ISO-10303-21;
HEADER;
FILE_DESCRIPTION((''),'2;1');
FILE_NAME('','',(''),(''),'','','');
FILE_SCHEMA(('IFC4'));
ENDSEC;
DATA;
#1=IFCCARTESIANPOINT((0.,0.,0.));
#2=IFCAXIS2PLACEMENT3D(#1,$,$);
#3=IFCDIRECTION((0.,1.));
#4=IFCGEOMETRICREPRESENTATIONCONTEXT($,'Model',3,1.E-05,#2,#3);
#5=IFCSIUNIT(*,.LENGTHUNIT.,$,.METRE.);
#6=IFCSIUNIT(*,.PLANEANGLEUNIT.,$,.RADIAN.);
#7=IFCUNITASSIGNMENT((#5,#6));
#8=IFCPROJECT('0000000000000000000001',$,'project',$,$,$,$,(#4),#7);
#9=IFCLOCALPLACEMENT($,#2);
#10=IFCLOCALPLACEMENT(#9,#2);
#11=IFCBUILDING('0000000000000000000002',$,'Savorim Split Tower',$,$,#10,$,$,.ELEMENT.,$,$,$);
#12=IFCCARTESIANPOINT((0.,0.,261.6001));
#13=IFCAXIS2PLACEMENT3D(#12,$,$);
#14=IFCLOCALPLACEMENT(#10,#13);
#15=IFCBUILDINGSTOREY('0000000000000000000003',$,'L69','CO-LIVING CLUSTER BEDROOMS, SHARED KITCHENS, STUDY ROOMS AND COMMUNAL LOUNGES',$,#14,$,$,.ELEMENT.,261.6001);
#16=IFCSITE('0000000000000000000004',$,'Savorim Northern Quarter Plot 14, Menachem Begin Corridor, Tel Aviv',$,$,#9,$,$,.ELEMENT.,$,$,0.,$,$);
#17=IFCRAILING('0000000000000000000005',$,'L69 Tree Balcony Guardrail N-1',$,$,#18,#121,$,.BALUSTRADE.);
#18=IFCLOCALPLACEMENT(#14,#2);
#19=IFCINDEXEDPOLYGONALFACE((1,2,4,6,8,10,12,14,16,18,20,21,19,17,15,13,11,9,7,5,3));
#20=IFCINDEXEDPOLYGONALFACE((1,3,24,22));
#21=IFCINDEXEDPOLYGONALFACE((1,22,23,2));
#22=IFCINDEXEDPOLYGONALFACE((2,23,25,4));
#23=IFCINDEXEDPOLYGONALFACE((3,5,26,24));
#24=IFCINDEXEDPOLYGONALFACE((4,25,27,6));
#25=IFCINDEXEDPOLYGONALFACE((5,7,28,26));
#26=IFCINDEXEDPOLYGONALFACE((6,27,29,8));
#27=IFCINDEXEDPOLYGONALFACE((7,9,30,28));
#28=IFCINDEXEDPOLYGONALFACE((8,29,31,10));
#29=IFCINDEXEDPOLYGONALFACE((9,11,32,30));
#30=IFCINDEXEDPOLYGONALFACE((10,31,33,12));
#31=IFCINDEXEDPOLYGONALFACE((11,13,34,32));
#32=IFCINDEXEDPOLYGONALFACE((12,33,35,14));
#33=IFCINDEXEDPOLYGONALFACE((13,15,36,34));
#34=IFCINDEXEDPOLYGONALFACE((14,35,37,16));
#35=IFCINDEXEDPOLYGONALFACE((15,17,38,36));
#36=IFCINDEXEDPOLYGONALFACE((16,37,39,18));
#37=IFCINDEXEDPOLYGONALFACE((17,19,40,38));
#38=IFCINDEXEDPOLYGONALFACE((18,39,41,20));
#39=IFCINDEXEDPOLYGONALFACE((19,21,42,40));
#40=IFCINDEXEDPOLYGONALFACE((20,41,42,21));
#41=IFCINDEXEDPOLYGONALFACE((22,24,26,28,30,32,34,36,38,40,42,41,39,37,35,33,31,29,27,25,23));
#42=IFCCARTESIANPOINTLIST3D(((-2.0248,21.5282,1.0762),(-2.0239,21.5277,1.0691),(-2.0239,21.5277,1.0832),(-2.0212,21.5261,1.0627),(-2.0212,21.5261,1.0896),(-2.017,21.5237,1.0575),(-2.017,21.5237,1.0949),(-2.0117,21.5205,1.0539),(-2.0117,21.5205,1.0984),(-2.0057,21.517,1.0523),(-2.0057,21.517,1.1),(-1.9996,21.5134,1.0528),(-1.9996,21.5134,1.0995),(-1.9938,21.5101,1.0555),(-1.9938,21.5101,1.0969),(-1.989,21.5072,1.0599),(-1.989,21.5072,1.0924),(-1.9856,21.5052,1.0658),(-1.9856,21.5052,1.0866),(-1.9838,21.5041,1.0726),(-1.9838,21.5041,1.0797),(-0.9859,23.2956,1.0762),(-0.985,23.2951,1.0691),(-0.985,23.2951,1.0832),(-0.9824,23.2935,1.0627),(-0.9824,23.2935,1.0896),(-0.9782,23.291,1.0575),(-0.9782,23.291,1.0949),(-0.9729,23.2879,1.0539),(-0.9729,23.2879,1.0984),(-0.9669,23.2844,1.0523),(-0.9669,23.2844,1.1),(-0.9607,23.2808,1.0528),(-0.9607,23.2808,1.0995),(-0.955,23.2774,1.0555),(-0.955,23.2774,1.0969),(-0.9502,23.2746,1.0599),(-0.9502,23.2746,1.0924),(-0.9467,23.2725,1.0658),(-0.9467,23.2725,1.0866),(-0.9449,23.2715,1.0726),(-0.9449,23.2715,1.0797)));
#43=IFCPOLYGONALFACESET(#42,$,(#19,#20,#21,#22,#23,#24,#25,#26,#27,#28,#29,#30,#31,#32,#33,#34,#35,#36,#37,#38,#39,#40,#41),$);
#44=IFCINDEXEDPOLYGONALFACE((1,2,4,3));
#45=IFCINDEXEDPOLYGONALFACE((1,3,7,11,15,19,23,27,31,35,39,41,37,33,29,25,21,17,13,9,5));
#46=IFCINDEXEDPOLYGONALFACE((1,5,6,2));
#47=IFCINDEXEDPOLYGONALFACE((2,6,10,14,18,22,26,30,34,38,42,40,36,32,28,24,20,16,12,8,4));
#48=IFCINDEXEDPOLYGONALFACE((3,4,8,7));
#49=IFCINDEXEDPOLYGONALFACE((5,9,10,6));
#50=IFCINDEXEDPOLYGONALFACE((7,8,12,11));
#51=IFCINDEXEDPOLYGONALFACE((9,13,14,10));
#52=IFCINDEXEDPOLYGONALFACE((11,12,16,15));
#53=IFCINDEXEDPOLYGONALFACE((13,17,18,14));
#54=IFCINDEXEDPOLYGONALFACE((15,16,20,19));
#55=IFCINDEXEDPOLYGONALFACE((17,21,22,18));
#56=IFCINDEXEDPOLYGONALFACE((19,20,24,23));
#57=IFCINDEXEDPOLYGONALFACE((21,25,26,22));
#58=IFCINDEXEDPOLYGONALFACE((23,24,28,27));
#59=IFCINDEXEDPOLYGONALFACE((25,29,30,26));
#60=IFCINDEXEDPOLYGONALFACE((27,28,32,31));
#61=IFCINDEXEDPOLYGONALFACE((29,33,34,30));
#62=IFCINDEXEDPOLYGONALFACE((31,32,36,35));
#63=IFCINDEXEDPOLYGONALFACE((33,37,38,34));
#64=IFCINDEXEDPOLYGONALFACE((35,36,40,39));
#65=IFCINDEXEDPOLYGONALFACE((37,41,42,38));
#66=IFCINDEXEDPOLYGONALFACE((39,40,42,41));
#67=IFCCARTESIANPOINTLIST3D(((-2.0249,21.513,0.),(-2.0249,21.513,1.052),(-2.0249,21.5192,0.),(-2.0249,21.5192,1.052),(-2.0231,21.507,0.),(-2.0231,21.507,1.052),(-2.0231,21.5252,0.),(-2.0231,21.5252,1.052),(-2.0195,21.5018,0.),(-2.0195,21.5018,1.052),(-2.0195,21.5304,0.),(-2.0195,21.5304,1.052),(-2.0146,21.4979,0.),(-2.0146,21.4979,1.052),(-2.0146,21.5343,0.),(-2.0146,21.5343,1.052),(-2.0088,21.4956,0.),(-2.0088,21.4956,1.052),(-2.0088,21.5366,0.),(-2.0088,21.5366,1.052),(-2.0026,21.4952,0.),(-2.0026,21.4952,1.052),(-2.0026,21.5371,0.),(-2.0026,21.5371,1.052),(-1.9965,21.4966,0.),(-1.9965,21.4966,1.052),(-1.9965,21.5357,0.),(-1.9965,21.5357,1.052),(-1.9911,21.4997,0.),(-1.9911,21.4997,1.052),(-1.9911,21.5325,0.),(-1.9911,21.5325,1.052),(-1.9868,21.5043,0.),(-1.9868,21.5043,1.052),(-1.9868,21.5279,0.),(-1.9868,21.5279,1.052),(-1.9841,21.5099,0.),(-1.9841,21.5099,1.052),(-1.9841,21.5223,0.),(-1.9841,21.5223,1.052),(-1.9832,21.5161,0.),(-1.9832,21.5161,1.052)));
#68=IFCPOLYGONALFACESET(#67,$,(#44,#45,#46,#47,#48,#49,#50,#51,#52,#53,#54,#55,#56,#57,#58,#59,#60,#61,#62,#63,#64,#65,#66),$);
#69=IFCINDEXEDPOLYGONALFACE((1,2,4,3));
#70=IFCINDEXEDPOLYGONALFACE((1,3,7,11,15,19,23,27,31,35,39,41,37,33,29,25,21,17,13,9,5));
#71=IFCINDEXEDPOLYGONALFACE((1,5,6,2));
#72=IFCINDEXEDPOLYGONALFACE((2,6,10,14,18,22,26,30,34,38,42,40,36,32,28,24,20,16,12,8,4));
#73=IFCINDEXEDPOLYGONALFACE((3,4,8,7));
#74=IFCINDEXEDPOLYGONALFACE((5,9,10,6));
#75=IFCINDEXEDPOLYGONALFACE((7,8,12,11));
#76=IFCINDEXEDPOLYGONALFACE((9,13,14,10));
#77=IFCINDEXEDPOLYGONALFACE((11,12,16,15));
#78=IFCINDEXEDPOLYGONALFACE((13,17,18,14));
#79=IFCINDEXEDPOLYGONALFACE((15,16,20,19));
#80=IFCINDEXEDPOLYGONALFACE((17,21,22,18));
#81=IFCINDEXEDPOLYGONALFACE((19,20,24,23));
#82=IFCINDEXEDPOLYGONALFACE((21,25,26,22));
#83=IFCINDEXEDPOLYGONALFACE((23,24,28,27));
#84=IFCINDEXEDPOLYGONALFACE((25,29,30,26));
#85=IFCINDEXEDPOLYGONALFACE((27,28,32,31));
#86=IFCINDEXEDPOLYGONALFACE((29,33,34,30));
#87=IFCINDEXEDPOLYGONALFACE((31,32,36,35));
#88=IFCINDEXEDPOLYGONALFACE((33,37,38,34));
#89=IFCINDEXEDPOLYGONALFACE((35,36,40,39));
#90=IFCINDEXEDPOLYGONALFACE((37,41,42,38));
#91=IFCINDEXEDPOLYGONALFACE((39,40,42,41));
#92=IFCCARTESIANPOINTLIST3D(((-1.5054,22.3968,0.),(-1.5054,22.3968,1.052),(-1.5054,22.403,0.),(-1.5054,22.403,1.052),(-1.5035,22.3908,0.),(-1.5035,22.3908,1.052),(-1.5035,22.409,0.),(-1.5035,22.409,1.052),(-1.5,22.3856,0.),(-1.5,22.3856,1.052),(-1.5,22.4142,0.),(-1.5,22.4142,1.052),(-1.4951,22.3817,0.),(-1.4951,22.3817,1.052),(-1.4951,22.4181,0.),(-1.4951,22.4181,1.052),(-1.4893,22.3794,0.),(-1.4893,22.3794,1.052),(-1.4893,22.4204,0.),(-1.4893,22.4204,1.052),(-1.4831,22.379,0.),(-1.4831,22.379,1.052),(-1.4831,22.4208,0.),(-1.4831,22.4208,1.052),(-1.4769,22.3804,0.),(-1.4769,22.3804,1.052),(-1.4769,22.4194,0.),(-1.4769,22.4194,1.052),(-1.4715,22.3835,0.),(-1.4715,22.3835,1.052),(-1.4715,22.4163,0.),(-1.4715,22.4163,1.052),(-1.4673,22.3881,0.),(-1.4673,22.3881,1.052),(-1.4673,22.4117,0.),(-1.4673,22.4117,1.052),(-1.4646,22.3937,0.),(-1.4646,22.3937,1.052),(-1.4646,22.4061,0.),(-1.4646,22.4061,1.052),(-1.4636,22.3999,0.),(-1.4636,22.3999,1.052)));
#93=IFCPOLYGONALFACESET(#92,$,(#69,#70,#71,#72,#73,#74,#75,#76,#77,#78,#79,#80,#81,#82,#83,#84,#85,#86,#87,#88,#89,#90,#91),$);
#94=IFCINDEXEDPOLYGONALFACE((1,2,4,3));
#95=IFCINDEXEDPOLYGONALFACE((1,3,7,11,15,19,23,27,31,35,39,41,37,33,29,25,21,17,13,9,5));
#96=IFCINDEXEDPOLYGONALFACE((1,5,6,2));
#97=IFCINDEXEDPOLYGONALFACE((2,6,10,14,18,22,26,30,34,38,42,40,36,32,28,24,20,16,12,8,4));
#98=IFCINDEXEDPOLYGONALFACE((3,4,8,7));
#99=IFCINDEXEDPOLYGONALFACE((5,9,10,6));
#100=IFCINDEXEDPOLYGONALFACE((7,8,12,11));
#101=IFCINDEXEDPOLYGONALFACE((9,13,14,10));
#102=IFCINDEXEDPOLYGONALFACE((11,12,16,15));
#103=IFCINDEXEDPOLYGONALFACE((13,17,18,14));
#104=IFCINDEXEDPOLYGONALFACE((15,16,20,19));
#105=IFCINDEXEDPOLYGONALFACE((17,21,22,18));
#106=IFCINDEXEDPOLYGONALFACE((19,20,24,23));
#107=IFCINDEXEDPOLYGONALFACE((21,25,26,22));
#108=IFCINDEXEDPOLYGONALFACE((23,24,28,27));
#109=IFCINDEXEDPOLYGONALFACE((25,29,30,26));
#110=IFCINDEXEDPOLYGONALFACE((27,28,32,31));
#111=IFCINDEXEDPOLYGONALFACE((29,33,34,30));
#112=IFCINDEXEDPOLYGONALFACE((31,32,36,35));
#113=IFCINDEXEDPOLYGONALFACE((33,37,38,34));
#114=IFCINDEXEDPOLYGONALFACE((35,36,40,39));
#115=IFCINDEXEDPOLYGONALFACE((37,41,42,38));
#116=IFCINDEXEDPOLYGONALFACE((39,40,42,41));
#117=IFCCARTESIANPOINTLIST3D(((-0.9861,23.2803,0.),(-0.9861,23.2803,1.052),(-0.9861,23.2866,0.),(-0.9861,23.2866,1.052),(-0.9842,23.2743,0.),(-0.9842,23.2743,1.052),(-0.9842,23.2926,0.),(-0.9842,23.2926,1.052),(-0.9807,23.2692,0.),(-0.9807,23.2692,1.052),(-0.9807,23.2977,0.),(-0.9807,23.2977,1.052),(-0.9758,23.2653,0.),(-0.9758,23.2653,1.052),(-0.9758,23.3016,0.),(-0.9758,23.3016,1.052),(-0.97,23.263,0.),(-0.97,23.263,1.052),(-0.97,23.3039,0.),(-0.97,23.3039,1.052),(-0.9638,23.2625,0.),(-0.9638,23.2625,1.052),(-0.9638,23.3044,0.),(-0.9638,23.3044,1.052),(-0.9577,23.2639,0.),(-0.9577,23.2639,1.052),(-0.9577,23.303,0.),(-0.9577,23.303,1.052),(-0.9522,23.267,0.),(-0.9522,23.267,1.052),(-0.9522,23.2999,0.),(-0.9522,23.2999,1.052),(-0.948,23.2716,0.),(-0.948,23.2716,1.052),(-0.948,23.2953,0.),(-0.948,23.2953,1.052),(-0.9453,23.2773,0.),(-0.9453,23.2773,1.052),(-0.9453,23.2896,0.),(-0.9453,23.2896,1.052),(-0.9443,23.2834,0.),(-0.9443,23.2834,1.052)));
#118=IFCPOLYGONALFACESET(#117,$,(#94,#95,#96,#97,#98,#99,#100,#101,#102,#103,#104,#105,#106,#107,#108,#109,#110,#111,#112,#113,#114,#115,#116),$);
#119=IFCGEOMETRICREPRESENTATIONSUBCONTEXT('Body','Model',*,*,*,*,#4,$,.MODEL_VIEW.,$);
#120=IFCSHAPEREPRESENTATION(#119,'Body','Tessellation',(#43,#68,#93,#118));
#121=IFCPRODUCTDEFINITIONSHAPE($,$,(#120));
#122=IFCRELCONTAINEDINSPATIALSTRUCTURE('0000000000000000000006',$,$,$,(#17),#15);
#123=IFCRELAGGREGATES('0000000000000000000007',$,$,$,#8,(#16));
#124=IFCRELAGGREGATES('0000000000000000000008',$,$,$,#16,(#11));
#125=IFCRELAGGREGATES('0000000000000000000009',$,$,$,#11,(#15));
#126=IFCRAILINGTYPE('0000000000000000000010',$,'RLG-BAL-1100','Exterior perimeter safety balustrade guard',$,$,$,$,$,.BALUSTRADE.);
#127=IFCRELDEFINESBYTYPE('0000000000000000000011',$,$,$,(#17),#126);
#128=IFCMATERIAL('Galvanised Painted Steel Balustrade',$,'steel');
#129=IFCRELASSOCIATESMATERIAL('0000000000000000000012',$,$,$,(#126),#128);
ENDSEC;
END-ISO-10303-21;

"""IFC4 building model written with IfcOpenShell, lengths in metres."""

from ifc_helpers import new_model, si_unit, direction, frame, origin, origin_2d, place, context, subcontext, project, spatial, circle, extrude, material, type_object, element, save


model = new_model("IFC4")

# Units and contexts
model_context = context("Model", 3, precision=1e-05, world=origin(), true_north=direction((0.0, 1.0)))
body_context = subcontext(model_context, "Body", "Model", "MODEL_VIEW")
ifc_project = project(units=[si_unit("LENGTHUNIT", "METRE"), si_unit("PLANEANGLEUNIT", "RADIAN")], contexts=[model_context])

# Site, building, storey
site_placement = place(None, origin())
site = spatial("IfcSite", under=ifc_project, at=site_placement, Name="Savorim Northern Quarter Plot 14, Menachem Begin Corridor, Tel Aviv", CompositionType="ELEMENT", RefElevation=0.0)
building_placement = place(site_placement, origin())
building = spatial("IfcBuilding", under=site, at=building_placement, Name="Savorim Split Tower", CompositionType="ELEMENT")
storey_placement = place(building_placement, frame((0.0, 0.0, 261.6001)))
storey = spatial("IfcBuildingStorey", under=building, at=storey_placement, Name="L69", Description="CO-LIVING CLUSTER BEDROOMS, SHARED KITCHENS, STUDY ROOMS AND COMMUNAL LOUNGES", CompositionType="ELEMENT", Elevation=261.6001)

# Railing
ifc_material_1 = material(Name="Galvanised Painted Steel Balustrade", Category="steel")
railing_type = type_object("IfcRailingType", Name="RLG-BAL-1100", Description="Exterior perimeter safety balustrade guard", PredefinedType="BALUSTRADE", material=ifc_material_1)
railing_1_placement = place(storey_placement, frame((-2.0042, 21.5161, 0.0)))
element("IfcRailing", 1, at=railing_1_placement, inside=storey, type_object=railing_type, Name="L69 Tree Balcony Guardrail N-1", PredefinedType="BALUSTRADE", context=body_context, shape_type="SweptSolid", body=[
    extrude(circle(Radius=0.0239, at=origin_2d()), frame((0.0, 0.0, 1.0762), z_axis=(0.506734, 0.862103, 0.0), x_axis=(-0.862103, 0.506734, 0.0)), (0.0, 0.0, 1.0), 2.05),
    extrude(circle(Radius=0.021, at=origin_2d()), origin(), (0.0, 0.0, 1.0), 1.052),
    extrude(circle(Radius=0.021, at=origin_2d()), frame((0.5195, 0.8838, 0.0)), (0.0, 0.0, 1.0), 1.052),
    extrude(circle(Radius=0.021, at=origin_2d()), frame((1.0388, 1.7673, 0.0)), (0.0, 0.0, 1.0), 1.052),
])

save(model, "model.ifc")
